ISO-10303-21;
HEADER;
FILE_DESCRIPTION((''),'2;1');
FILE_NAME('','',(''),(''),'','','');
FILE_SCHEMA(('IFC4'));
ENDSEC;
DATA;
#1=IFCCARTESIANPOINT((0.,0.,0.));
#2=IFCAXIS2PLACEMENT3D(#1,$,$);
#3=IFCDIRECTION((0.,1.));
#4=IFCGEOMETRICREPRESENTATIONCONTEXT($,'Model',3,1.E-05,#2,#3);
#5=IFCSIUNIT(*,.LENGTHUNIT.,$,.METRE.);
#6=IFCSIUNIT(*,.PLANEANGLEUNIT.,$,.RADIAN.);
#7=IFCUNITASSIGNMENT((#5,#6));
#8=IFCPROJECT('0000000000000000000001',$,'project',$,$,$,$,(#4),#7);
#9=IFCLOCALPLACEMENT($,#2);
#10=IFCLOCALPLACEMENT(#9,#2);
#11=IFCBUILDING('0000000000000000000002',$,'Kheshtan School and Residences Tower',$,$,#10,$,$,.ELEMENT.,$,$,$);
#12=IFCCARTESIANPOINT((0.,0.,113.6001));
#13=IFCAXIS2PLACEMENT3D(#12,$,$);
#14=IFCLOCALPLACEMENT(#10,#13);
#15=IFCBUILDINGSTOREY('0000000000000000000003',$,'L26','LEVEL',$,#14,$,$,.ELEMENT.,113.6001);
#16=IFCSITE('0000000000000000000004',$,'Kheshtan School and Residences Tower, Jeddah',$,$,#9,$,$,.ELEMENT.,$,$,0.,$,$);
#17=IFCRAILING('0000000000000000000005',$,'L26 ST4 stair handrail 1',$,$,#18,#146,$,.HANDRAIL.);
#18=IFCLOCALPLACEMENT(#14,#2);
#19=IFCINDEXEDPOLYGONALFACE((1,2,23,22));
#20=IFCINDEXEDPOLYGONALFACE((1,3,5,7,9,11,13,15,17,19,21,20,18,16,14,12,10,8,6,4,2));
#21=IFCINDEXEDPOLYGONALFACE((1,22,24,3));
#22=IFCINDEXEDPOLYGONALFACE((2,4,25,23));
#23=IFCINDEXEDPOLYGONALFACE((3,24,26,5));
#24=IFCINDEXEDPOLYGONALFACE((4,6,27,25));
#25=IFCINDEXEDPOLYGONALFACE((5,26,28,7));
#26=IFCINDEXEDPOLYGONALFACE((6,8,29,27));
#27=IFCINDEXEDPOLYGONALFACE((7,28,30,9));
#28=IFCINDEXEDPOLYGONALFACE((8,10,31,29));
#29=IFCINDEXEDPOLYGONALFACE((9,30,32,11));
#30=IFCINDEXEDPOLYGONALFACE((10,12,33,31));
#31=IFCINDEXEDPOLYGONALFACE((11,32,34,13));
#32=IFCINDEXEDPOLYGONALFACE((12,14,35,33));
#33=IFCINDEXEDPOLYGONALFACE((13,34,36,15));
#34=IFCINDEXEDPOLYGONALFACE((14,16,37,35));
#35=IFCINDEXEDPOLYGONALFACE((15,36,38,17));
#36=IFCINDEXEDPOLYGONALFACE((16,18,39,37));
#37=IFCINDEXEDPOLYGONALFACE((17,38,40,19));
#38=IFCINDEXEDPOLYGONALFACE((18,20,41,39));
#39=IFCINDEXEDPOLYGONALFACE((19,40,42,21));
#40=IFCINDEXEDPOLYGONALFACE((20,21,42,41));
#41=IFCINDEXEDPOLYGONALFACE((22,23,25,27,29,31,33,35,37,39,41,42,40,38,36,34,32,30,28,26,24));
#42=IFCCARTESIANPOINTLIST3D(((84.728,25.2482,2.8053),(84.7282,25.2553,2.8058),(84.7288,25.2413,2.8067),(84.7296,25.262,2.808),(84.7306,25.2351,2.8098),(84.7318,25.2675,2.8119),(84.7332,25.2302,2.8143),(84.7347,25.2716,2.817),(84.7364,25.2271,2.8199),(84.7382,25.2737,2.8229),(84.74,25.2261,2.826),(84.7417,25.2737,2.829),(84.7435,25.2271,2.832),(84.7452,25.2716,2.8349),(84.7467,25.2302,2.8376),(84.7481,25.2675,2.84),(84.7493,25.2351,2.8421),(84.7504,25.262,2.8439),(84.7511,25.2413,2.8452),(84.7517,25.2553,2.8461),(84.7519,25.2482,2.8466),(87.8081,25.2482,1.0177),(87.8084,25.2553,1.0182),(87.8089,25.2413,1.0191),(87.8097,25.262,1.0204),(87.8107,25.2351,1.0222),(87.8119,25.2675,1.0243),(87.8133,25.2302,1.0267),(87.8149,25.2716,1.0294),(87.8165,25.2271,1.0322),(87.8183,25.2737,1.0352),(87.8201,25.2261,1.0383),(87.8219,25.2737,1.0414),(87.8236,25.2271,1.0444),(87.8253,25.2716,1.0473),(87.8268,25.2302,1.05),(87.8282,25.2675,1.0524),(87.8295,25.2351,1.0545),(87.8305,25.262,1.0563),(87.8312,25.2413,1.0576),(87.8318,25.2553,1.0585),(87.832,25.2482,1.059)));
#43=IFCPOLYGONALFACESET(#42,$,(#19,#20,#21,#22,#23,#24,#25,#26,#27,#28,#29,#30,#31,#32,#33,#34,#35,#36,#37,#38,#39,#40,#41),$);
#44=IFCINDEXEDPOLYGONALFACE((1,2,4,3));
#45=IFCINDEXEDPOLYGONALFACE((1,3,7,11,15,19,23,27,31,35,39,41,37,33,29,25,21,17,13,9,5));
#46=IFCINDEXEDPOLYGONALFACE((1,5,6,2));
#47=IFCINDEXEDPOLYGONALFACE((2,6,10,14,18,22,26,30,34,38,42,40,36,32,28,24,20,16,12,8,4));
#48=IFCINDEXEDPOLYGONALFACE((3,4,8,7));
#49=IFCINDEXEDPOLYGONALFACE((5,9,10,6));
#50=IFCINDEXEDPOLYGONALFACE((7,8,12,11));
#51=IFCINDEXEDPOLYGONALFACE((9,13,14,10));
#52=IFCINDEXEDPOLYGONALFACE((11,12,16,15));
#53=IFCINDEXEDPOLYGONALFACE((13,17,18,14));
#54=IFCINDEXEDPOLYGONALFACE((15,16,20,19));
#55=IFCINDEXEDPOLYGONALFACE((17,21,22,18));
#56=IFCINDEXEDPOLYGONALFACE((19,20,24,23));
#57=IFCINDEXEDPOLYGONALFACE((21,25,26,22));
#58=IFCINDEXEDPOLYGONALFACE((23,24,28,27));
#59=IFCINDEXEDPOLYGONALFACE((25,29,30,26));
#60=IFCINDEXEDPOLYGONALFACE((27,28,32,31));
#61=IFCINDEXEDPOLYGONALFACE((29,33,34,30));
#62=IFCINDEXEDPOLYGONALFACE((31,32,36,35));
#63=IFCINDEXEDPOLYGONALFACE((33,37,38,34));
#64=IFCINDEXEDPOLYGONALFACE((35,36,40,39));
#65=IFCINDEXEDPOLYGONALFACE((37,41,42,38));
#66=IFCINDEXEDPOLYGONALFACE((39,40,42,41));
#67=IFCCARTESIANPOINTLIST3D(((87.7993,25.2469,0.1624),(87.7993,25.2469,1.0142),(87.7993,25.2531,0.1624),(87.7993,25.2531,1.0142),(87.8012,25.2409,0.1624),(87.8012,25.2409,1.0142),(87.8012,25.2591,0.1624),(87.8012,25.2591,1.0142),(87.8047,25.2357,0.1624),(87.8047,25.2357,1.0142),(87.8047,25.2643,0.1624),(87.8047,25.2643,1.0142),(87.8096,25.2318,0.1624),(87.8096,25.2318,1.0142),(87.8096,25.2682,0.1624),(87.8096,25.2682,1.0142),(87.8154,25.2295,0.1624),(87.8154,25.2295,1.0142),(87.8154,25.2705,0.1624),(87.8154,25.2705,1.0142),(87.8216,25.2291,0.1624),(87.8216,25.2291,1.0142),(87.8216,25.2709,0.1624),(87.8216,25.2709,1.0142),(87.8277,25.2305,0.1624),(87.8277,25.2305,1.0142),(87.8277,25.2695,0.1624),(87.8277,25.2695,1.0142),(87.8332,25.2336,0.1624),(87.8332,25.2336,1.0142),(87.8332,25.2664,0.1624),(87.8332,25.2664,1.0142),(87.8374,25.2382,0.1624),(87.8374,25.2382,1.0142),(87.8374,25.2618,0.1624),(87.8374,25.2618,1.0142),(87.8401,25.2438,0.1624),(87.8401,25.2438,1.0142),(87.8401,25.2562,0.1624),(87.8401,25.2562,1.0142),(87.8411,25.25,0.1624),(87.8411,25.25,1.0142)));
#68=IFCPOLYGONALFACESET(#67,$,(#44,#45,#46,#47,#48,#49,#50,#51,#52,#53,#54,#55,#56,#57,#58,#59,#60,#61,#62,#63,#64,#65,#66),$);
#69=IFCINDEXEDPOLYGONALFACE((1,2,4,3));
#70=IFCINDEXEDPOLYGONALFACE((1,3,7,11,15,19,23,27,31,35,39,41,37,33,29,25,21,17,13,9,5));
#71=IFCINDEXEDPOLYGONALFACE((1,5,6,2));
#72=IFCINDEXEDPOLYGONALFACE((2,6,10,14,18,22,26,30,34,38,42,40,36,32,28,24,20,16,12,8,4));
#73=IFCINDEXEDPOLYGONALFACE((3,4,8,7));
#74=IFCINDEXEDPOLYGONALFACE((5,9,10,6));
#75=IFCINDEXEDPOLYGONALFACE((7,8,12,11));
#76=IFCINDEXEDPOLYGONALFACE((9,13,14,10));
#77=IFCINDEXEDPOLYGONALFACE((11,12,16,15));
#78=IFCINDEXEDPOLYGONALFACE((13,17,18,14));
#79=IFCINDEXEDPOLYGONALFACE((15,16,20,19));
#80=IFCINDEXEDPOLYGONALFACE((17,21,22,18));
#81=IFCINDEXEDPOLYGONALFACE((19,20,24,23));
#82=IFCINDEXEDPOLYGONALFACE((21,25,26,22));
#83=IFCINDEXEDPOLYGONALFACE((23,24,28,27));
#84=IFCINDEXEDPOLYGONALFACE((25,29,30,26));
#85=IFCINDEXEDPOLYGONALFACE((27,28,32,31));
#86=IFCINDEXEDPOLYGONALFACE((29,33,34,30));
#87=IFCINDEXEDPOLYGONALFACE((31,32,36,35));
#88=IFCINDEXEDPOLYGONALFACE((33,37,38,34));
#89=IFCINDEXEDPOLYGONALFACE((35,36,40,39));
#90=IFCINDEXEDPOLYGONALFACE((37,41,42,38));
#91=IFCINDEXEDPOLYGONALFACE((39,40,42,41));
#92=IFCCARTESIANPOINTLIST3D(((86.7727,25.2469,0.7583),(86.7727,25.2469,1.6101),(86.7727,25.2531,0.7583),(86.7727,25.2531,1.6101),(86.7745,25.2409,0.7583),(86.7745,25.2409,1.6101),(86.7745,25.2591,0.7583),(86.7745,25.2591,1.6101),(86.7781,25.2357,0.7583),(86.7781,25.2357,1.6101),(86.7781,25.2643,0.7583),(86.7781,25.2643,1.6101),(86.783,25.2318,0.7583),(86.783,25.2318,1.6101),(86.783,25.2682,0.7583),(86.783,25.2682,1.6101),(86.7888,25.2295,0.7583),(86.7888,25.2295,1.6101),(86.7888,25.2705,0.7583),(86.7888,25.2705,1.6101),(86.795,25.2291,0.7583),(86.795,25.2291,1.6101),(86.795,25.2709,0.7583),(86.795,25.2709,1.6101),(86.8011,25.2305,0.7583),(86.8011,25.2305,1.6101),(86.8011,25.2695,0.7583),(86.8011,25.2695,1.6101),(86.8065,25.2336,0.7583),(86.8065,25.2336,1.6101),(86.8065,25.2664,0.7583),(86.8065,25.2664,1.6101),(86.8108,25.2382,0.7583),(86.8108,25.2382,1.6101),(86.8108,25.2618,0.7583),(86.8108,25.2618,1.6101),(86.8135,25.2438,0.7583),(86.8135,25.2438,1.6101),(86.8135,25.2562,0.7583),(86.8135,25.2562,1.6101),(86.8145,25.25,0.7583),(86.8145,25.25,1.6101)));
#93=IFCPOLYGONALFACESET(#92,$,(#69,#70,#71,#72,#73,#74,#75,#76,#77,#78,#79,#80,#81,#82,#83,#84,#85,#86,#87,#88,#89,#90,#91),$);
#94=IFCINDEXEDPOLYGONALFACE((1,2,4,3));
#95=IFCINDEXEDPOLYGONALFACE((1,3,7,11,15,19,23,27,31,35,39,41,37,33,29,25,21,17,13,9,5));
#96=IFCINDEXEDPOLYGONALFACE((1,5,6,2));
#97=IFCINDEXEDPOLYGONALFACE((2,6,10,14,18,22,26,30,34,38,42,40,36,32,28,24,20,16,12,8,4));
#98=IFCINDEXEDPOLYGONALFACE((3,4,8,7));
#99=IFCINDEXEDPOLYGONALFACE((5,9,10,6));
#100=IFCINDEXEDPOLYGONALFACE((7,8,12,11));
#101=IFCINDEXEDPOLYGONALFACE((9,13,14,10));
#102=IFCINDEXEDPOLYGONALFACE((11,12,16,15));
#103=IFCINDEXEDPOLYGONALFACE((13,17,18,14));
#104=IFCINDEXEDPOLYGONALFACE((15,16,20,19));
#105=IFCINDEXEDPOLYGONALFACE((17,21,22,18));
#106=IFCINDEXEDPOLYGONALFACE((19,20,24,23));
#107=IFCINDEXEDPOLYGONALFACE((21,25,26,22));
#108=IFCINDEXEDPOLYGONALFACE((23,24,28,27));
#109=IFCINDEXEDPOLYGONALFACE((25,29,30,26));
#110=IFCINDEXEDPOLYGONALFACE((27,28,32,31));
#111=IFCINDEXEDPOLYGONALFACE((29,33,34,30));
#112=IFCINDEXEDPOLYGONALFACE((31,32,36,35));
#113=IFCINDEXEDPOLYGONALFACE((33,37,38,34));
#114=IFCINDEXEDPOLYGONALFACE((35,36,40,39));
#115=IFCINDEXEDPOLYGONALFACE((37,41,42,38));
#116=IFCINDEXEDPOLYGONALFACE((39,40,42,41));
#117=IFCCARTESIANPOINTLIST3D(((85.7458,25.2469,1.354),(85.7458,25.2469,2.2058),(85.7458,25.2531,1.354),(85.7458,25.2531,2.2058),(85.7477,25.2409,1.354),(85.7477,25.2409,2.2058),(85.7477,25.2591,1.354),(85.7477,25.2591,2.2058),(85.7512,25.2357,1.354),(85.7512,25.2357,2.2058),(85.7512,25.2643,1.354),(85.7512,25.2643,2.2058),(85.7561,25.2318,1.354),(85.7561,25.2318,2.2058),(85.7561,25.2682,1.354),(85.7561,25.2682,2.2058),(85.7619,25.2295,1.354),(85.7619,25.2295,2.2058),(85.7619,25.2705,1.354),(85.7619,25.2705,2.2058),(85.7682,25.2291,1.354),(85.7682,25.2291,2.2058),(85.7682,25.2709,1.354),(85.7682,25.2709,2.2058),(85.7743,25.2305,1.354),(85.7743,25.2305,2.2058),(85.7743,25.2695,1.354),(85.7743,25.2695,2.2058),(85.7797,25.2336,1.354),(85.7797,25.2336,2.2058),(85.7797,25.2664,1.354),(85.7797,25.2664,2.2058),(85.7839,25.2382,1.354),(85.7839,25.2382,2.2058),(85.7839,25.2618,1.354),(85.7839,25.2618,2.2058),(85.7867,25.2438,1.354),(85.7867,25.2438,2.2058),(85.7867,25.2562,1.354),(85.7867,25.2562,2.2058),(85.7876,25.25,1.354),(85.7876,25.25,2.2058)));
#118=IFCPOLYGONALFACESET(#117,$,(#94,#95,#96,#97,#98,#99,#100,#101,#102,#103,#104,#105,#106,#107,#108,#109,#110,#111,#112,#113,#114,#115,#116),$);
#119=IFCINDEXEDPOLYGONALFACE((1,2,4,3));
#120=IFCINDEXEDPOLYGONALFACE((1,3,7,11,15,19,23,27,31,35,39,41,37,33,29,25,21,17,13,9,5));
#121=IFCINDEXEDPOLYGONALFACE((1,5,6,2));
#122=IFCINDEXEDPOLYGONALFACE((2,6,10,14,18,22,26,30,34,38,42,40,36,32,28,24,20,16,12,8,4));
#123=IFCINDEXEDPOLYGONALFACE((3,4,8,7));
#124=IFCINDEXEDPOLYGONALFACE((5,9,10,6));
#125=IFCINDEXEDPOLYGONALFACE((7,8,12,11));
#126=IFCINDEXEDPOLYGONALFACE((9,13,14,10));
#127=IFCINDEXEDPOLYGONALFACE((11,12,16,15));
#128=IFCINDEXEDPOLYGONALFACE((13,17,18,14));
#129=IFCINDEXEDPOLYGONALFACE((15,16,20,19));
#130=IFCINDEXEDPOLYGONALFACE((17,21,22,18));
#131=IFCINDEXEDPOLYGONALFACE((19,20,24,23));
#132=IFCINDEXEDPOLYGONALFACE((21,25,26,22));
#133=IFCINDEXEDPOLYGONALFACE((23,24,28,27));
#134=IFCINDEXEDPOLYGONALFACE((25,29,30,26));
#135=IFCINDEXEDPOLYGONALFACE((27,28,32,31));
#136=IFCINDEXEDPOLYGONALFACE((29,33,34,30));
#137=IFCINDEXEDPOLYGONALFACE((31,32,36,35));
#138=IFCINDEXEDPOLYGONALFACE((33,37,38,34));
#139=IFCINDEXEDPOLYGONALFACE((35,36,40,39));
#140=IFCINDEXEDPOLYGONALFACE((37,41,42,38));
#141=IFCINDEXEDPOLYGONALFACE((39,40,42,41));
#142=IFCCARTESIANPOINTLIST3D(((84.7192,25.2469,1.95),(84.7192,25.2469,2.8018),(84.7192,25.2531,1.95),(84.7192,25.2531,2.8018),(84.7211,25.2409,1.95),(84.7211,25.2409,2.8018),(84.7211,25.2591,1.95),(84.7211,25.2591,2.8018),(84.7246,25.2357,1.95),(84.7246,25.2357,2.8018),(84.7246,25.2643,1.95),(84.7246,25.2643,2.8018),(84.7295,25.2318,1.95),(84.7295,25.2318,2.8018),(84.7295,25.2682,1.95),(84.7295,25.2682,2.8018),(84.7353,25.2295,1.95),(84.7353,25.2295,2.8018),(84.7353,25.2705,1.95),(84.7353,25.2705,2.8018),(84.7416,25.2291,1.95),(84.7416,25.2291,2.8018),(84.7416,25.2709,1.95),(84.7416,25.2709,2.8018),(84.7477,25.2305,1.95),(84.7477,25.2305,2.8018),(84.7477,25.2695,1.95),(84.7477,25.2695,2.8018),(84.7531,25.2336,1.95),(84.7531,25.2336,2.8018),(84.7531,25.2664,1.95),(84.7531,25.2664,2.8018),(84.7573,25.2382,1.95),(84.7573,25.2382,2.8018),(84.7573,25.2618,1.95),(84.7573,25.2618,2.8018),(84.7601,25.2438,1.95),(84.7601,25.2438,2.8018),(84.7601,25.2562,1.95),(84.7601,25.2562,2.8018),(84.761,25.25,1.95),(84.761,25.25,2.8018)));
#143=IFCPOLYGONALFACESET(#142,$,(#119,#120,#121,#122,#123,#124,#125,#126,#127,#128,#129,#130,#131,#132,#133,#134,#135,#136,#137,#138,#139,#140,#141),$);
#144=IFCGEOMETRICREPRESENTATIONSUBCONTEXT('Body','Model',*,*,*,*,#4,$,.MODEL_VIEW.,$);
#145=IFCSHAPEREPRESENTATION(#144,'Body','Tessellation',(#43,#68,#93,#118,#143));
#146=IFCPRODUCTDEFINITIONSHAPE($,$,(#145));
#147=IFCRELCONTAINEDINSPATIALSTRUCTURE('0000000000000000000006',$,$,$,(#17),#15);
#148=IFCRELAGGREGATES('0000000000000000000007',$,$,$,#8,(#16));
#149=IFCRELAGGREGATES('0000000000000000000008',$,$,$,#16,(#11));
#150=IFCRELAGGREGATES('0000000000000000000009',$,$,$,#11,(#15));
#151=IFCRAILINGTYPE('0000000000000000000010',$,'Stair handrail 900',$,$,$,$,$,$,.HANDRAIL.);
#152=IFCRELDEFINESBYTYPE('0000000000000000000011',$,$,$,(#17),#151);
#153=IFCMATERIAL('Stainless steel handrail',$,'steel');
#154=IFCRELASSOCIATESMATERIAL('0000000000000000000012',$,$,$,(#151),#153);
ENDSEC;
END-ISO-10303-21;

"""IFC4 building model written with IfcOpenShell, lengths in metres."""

from ifc_helpers import new_model, si_unit, direction, frame, origin, origin_2d, place, context, subcontext, project, spatial, circle, extrude, material, type_object, element, save


model = new_model("IFC4")

# Units and contexts
model_context = context("Model", 3, precision=1e-05, world=origin(), true_north=direction((0.0, 1.0)))
body_context = subcontext(model_context, "Body", "Model", "MODEL_VIEW")
ifc_project = project(units=[si_unit("LENGTHUNIT", "METRE"), si_unit("PLANEANGLEUNIT", "RADIAN")], contexts=[model_context])

# Site, building, storey
site_placement = place(None, origin())
site = spatial("IfcSite", under=ifc_project, at=site_placement, Name="Kheshtan School and Residences Tower, Jeddah", CompositionType="ELEMENT", RefElevation=0.0)
building_placement = place(site_placement, origin())
building = spatial("IfcBuilding", under=site, at=building_placement, Name="Kheshtan School and Residences Tower", CompositionType="ELEMENT")
storey_placement = place(building_placement, frame((0.0, 0.0, 113.6001)))
storey = spatial("IfcBuildingStorey", under=building, at=storey_placement, Name="L26", Description="LEVEL", CompositionType="ELEMENT", Elevation=113.6001)

# Railing
ifc_material_1 = material(Name="Stainless steel handrail", Category="steel")
railing_type_1 = type_object("IfcRailingType", Name="Stair handrail 900", PredefinedType="HANDRAIL", material=ifc_material_1)
railing_1_placement = place(storey_placement, frame((87.8201, 25.25, 0.1624)))
element("IfcRailing", 1, at=railing_1_placement, inside=storey, type_object=railing_type_1, Name="L26 ST4 stair handrail 1", PredefinedType="HANDRAIL", context=body_context, shape_type="SweptSolid", body=[
    extrude(circle(Radius=0.0239, at=origin_2d()), frame((0.0, 0.0, 0.876), z_axis=(-0.864891, 0.0, 0.50196), x_axis=(0.0, -1.0, 0.0)), (0.0, 0.0, 1.0), 3.5613),
    extrude(circle(Radius=0.021, at=origin_2d()), origin(), (0.0, 0.0, 1.0), 0.8518),
    extrude(circle(Radius=0.021, at=origin_2d()), frame((-1.0266, 0.0, 0.5959)), (0.0, 0.0, 1.0), 0.8518),
    extrude(circle(Radius=0.021, at=origin_2d()), frame((-2.0535, 0.0, 1.1917)), (0.0, 0.0, 1.0), 0.8518),
    extrude(circle(Radius=0.021, at=origin_2d()), frame((-3.0801, 0.0, 1.7876)), (0.0, 0.0, 1.0), 0.8518),
])

save(model, "model.ifc")
